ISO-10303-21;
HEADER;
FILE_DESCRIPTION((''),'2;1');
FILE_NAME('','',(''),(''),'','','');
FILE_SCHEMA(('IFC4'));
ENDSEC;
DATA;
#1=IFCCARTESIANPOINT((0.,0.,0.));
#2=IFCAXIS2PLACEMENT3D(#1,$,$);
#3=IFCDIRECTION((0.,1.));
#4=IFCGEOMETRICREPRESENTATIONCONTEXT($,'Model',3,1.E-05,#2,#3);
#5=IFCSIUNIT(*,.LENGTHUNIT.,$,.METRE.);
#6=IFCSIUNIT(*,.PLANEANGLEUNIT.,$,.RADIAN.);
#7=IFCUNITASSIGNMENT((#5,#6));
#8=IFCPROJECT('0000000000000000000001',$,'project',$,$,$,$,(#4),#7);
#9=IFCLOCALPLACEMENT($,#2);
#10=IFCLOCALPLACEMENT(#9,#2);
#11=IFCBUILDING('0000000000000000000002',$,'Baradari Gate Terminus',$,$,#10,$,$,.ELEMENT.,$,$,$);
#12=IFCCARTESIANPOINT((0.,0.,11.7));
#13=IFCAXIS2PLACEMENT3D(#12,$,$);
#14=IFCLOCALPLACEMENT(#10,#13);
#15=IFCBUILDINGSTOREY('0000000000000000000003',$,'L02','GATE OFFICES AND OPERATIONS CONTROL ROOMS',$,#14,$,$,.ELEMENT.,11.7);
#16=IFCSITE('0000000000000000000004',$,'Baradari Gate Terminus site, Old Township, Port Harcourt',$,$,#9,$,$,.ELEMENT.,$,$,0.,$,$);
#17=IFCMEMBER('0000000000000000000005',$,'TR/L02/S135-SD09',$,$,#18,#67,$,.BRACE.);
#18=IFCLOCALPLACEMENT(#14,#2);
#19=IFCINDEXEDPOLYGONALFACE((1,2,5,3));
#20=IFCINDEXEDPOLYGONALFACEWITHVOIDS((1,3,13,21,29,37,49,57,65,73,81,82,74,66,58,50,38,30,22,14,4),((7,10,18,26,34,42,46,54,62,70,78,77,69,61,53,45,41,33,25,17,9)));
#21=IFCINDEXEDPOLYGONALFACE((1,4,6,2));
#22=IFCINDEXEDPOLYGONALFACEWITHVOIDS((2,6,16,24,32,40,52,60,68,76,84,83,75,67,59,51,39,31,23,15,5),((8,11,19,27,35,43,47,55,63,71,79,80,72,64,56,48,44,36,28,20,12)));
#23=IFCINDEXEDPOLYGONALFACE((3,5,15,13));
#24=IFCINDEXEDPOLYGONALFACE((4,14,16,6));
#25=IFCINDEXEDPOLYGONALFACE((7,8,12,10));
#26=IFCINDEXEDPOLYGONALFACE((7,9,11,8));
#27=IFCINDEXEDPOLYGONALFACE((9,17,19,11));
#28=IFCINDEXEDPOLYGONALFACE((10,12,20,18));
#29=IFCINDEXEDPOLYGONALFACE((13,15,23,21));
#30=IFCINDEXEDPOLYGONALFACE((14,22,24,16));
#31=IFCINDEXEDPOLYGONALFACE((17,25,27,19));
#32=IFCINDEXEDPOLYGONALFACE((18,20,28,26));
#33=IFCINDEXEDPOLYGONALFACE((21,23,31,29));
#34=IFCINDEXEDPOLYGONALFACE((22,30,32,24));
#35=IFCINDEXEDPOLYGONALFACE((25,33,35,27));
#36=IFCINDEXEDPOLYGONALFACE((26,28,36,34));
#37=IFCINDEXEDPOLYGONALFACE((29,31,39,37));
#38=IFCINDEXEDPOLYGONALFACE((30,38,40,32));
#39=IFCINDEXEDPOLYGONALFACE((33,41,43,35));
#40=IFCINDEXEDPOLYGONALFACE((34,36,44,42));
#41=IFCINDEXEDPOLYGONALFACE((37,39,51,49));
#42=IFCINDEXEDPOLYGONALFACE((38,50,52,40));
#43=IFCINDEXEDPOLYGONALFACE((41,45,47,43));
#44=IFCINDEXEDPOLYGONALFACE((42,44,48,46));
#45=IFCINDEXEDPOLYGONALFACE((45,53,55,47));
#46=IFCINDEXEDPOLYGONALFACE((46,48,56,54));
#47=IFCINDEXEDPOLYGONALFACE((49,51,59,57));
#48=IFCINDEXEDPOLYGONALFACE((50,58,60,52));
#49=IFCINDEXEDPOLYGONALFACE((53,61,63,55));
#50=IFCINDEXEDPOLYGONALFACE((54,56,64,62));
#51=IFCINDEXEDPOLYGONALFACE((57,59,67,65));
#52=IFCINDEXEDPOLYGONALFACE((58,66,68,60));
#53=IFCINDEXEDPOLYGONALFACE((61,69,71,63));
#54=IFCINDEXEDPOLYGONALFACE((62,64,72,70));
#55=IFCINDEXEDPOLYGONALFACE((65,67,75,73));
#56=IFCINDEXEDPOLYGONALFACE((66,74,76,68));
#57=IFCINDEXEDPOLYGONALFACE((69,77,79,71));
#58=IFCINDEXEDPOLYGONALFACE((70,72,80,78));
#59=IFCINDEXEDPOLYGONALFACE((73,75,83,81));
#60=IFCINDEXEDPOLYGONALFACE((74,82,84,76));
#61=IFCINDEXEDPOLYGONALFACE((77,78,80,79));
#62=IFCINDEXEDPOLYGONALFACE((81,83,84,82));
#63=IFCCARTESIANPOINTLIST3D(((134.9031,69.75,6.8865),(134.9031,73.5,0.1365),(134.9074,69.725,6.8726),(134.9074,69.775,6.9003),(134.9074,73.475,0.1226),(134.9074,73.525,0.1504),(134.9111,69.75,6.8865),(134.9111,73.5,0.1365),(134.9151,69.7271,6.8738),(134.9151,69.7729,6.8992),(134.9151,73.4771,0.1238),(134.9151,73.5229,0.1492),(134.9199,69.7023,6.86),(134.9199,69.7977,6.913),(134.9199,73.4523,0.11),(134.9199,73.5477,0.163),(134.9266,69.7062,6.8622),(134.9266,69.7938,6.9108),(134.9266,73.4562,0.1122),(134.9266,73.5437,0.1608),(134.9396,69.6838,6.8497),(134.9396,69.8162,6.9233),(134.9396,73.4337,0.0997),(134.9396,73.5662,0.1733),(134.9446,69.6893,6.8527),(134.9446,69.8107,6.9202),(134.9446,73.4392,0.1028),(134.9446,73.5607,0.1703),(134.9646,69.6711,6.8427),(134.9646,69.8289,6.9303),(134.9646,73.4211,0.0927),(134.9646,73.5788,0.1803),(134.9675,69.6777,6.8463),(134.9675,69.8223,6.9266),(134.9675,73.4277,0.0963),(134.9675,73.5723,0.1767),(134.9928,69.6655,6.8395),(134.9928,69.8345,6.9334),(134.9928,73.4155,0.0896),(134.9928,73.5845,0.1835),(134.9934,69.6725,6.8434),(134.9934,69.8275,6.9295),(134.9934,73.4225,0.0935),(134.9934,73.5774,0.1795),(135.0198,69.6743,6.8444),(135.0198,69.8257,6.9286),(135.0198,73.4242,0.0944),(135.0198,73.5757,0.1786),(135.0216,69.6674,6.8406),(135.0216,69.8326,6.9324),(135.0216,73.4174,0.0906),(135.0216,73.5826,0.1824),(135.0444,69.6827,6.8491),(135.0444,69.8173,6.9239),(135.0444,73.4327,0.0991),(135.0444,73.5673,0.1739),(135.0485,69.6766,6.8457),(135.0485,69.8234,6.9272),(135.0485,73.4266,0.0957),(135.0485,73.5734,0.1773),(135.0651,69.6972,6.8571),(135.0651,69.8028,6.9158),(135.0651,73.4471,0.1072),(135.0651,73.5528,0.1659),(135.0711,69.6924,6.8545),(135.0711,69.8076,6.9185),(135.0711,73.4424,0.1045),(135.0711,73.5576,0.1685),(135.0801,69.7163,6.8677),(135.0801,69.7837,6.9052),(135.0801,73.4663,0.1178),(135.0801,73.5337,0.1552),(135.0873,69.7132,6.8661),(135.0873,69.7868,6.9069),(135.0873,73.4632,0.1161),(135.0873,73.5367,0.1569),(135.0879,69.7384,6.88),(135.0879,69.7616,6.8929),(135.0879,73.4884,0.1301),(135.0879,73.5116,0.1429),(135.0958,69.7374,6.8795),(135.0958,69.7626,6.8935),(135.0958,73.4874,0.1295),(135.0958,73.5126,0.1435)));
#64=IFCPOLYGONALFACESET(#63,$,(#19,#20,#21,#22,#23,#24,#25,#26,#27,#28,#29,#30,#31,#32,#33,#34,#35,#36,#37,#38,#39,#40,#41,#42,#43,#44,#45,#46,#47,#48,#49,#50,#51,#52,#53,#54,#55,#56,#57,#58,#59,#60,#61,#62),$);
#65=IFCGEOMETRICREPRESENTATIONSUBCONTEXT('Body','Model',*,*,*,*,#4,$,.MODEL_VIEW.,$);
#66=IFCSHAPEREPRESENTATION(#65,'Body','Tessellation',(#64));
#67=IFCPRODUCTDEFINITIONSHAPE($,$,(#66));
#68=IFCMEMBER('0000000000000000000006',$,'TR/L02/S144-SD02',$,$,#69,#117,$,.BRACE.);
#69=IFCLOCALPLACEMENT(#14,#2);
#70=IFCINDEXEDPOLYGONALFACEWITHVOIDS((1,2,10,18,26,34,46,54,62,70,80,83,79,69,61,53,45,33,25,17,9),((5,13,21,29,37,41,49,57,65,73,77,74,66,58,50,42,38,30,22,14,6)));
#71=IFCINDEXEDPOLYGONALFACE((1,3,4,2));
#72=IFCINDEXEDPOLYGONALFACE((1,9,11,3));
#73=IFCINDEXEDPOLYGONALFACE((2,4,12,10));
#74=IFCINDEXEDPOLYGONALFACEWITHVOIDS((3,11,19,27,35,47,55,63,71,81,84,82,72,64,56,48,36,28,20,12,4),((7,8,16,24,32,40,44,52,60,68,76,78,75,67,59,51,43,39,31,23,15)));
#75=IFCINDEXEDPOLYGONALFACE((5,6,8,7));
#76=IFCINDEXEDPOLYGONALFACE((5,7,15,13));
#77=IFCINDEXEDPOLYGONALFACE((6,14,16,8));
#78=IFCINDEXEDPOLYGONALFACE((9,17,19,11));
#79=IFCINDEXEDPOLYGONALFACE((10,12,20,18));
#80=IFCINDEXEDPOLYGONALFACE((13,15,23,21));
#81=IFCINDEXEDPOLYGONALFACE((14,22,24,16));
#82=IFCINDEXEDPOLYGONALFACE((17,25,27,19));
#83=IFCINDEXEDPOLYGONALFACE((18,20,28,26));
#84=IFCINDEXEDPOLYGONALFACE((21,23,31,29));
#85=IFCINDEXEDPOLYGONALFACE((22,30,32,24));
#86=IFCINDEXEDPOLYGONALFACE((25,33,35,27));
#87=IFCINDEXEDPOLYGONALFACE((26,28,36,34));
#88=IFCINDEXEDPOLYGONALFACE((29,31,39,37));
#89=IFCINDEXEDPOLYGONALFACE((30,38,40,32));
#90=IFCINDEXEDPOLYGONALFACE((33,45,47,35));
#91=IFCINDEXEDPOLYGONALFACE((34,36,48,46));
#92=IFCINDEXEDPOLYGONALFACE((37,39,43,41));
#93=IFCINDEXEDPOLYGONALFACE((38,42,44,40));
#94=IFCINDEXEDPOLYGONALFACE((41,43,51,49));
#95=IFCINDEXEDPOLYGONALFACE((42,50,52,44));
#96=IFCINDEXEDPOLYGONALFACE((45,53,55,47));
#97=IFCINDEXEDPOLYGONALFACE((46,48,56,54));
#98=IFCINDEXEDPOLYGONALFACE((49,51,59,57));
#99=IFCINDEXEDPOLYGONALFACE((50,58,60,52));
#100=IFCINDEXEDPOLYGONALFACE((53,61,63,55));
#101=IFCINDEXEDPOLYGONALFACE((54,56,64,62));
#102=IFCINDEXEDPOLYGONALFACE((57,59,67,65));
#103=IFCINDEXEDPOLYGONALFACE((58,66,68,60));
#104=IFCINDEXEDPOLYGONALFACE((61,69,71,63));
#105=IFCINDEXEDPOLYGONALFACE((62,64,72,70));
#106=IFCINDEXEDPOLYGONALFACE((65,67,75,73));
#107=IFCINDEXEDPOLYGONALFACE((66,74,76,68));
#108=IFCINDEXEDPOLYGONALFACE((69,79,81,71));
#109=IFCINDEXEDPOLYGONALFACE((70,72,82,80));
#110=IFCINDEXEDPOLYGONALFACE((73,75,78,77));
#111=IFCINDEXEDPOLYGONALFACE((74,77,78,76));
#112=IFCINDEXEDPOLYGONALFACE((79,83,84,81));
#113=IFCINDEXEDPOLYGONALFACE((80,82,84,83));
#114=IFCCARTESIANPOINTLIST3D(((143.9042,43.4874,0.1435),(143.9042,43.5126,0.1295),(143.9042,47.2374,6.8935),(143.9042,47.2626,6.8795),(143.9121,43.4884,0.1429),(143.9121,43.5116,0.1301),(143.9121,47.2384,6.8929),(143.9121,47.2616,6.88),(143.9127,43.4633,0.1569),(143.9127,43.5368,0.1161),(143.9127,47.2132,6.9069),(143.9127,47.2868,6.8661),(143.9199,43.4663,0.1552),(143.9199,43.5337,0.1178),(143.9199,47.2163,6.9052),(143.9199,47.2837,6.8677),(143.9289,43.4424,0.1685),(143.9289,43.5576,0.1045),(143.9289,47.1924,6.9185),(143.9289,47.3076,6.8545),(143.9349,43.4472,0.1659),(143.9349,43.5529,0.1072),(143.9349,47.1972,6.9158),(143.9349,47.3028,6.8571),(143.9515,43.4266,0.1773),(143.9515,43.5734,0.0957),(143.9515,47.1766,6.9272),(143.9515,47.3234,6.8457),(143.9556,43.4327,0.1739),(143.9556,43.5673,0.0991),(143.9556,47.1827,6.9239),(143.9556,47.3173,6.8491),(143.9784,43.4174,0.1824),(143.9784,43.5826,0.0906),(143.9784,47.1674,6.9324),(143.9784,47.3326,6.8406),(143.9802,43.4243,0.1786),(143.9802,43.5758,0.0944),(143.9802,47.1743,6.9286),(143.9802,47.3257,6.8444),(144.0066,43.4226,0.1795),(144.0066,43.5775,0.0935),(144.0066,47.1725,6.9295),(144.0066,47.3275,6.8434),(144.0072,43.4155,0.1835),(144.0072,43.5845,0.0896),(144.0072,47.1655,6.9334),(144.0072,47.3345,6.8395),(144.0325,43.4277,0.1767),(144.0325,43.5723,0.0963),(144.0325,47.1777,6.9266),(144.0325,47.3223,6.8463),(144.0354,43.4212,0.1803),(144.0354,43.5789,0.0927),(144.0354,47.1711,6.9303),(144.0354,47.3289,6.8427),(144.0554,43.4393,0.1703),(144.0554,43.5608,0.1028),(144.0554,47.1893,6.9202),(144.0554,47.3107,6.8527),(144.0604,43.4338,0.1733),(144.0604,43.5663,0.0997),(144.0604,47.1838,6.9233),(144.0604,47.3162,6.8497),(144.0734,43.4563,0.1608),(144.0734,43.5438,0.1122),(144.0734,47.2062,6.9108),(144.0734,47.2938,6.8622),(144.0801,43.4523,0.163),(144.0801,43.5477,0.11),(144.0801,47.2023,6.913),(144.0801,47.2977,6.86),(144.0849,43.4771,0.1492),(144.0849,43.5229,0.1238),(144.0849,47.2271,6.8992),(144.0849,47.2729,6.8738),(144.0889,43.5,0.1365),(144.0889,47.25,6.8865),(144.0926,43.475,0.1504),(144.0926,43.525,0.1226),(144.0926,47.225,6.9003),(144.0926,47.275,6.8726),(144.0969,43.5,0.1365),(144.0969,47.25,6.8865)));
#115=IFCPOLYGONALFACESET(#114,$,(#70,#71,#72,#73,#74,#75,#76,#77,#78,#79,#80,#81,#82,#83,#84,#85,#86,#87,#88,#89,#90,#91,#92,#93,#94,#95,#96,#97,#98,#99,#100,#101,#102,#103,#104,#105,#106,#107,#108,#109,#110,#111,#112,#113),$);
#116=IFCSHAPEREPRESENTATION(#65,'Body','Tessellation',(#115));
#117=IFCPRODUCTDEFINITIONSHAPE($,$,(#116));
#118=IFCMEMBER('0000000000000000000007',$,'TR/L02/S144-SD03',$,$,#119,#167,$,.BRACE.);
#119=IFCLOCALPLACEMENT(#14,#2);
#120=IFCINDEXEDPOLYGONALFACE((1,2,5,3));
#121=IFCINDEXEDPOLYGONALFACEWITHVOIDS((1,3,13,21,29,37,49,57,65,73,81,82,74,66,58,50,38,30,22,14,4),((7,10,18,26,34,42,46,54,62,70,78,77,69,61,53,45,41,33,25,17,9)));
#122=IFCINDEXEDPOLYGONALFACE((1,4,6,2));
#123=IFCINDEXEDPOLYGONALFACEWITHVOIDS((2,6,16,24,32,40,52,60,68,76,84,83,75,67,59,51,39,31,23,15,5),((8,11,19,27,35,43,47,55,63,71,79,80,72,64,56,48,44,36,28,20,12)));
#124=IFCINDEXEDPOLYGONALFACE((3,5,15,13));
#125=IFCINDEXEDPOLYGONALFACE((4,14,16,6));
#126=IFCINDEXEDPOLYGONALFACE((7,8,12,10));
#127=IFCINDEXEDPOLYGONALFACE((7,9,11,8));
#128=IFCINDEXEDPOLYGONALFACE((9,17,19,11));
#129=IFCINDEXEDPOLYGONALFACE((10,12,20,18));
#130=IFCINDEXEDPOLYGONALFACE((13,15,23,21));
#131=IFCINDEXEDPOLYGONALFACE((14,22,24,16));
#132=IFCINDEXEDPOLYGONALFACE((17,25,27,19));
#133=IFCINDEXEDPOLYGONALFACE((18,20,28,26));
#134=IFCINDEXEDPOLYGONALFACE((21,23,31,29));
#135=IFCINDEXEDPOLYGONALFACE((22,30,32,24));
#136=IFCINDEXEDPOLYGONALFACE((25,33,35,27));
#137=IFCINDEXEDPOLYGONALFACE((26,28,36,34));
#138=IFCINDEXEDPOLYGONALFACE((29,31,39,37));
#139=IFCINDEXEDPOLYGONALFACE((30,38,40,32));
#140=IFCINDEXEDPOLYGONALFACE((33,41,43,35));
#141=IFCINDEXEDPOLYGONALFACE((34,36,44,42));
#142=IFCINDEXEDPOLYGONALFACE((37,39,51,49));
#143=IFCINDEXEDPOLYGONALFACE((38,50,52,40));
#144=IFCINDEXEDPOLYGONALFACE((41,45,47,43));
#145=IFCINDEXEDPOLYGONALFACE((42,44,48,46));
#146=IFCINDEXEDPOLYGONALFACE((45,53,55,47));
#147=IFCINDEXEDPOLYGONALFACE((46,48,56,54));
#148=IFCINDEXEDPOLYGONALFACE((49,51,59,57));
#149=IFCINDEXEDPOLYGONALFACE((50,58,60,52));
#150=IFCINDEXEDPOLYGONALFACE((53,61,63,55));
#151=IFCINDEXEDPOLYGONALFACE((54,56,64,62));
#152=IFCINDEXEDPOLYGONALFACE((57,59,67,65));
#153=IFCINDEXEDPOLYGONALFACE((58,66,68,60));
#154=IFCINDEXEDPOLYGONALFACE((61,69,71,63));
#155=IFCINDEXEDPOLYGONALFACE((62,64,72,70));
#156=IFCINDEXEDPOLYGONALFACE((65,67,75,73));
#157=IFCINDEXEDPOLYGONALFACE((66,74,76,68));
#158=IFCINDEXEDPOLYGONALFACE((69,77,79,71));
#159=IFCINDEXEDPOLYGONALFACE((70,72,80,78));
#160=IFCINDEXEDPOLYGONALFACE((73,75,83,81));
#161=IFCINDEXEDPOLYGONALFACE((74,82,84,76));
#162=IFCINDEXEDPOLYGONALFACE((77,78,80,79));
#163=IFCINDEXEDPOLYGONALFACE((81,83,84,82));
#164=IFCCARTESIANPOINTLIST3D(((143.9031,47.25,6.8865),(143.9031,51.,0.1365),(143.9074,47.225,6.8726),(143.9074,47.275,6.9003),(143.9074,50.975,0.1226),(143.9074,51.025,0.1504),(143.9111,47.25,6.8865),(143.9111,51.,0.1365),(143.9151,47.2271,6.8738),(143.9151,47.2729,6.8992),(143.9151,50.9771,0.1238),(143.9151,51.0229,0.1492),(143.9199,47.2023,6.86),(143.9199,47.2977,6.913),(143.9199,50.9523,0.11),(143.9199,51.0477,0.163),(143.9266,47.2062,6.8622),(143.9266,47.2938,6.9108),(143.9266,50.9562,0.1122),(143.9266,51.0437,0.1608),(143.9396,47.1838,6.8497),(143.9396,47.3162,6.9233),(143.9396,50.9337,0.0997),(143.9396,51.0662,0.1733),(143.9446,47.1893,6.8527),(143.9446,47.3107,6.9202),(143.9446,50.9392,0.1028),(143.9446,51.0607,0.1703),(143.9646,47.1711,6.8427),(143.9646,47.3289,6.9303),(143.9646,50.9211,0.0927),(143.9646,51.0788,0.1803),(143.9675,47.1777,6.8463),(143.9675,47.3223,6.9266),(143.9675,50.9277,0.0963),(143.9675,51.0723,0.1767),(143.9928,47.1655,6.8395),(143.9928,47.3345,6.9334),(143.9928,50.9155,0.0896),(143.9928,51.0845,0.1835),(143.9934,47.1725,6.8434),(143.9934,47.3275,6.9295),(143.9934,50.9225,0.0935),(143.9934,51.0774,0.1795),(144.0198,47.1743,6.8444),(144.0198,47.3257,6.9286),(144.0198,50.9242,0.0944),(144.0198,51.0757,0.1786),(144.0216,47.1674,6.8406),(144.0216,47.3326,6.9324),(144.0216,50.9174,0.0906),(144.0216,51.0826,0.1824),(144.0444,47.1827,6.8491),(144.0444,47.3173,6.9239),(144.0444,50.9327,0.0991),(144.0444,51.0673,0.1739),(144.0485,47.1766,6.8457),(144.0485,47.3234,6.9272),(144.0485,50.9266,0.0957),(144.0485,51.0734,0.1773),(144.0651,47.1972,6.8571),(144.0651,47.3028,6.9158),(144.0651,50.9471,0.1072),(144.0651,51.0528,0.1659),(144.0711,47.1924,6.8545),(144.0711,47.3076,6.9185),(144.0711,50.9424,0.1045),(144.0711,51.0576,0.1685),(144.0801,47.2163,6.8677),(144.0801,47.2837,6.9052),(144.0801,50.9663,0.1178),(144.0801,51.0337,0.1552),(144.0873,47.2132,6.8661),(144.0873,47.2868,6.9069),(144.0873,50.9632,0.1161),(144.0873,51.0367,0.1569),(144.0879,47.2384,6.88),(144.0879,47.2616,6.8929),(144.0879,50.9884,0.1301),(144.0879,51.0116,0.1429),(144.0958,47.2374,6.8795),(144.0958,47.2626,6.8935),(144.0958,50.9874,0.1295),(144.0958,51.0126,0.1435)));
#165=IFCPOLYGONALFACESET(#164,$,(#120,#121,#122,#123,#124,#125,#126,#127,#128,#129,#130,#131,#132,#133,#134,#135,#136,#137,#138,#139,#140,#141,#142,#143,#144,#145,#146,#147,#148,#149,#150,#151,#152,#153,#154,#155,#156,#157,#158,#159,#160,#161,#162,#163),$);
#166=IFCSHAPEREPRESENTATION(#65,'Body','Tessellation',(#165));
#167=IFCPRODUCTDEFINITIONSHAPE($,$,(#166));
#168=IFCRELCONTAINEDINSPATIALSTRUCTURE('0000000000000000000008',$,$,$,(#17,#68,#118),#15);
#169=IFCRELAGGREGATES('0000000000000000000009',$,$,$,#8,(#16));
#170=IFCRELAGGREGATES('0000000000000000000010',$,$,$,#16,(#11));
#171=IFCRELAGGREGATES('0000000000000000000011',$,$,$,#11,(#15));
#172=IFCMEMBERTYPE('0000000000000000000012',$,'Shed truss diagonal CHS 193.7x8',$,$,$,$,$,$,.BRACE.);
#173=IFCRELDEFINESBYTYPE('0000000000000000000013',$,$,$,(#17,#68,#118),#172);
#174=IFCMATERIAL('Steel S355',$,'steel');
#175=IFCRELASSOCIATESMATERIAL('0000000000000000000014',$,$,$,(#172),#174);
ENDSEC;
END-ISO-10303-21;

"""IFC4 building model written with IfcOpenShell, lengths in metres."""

from ifc_helpers import new_model, si_unit, direction, frame, origin, origin_2d, place, context, subcontext, project, spatial, hollow_circle, extrude, material, material_profile, profile_set, type_object, element, save


model = new_model("IFC4")

# Units and contexts
model_context = context("Model", 3, precision=1e-05, world=origin(), true_north=direction((0.0, 1.0)))
body_context = subcontext(model_context, "Body", "Model", "MODEL_VIEW")
ifc_project = project(units=[si_unit("LENGTHUNIT", "METRE"), si_unit("PLANEANGLEUNIT", "RADIAN")], contexts=[model_context])

# Site, building, storey
site_placement = place(None, origin())
site = spatial("IfcSite", under=ifc_project, at=site_placement, Name="Baradari Gate Terminus site, Old Township, Port Harcourt", CompositionType="ELEMENT", RefElevation=0.0)
building_placement = place(site_placement, origin())
building = spatial("IfcBuilding", under=site, at=building_placement, Name="Baradari Gate Terminus", CompositionType="ELEMENT")
storey_placement = place(building_placement, frame((0.0, 0.0, 11.7)))
storey = spatial("IfcBuildingStorey", under=building, at=storey_placement, Name="L02", Description="GATE OFFICES AND OPERATIONS CONTROL ROOMS", CompositionType="ELEMENT", Elevation=11.7)

# Members
ifc_material_1 = material(Name="Steel S355", Category="steel")
ifc_material_profile_1 = material_profile(ifc_material_1, hollow_circle(Radius=0.0969, WallThickness=0.0081, at=origin_2d()), Name="CHS 193.7x8")
ifc_profile_set_1 = profile_set([ifc_material_profile_1], Name="Steel S355")
member_type_1 = type_object("IfcMemberType", Name="Shed truss diagonal CHS 193.7x8", PredefinedType="BRACE", material=ifc_profile_set_1)
for number, where, z_axis, x_axis, name in (
    (1, (135.0, 69.75, 6.8865), (0.0, 0.485643, -0.874157), (-1.0, 0.0, 0.0), "TR/L02/S135-SD09"),
    (2, (144.0, 47.25, 6.8865), (0.0, -0.485643, -0.874157), (1.0, 0.0, 0.0), "TR/L02/S144-SD02"),
    (3, (144.0, 47.25, 6.8865), (0.0, 0.485643, -0.874157), (-1.0, 0.0, 0.0), "TR/L02/S144-SD03"),
):
    element("IfcMember", number, at=place(storey_placement, frame(where, z_axis=z_axis, x_axis=x_axis)), inside=storey, type_object=member_type_1, Name=name, PredefinedType="BRACE", context=body_context, shape_type="SweptSolid", body=[
        extrude(hollow_circle(Radius=0.0969, WallThickness=0.0081, at=origin_2d()), origin(), (0.0, 0.0, 1.0), 7.7217),
    ])

save(model, "model.ifc")
